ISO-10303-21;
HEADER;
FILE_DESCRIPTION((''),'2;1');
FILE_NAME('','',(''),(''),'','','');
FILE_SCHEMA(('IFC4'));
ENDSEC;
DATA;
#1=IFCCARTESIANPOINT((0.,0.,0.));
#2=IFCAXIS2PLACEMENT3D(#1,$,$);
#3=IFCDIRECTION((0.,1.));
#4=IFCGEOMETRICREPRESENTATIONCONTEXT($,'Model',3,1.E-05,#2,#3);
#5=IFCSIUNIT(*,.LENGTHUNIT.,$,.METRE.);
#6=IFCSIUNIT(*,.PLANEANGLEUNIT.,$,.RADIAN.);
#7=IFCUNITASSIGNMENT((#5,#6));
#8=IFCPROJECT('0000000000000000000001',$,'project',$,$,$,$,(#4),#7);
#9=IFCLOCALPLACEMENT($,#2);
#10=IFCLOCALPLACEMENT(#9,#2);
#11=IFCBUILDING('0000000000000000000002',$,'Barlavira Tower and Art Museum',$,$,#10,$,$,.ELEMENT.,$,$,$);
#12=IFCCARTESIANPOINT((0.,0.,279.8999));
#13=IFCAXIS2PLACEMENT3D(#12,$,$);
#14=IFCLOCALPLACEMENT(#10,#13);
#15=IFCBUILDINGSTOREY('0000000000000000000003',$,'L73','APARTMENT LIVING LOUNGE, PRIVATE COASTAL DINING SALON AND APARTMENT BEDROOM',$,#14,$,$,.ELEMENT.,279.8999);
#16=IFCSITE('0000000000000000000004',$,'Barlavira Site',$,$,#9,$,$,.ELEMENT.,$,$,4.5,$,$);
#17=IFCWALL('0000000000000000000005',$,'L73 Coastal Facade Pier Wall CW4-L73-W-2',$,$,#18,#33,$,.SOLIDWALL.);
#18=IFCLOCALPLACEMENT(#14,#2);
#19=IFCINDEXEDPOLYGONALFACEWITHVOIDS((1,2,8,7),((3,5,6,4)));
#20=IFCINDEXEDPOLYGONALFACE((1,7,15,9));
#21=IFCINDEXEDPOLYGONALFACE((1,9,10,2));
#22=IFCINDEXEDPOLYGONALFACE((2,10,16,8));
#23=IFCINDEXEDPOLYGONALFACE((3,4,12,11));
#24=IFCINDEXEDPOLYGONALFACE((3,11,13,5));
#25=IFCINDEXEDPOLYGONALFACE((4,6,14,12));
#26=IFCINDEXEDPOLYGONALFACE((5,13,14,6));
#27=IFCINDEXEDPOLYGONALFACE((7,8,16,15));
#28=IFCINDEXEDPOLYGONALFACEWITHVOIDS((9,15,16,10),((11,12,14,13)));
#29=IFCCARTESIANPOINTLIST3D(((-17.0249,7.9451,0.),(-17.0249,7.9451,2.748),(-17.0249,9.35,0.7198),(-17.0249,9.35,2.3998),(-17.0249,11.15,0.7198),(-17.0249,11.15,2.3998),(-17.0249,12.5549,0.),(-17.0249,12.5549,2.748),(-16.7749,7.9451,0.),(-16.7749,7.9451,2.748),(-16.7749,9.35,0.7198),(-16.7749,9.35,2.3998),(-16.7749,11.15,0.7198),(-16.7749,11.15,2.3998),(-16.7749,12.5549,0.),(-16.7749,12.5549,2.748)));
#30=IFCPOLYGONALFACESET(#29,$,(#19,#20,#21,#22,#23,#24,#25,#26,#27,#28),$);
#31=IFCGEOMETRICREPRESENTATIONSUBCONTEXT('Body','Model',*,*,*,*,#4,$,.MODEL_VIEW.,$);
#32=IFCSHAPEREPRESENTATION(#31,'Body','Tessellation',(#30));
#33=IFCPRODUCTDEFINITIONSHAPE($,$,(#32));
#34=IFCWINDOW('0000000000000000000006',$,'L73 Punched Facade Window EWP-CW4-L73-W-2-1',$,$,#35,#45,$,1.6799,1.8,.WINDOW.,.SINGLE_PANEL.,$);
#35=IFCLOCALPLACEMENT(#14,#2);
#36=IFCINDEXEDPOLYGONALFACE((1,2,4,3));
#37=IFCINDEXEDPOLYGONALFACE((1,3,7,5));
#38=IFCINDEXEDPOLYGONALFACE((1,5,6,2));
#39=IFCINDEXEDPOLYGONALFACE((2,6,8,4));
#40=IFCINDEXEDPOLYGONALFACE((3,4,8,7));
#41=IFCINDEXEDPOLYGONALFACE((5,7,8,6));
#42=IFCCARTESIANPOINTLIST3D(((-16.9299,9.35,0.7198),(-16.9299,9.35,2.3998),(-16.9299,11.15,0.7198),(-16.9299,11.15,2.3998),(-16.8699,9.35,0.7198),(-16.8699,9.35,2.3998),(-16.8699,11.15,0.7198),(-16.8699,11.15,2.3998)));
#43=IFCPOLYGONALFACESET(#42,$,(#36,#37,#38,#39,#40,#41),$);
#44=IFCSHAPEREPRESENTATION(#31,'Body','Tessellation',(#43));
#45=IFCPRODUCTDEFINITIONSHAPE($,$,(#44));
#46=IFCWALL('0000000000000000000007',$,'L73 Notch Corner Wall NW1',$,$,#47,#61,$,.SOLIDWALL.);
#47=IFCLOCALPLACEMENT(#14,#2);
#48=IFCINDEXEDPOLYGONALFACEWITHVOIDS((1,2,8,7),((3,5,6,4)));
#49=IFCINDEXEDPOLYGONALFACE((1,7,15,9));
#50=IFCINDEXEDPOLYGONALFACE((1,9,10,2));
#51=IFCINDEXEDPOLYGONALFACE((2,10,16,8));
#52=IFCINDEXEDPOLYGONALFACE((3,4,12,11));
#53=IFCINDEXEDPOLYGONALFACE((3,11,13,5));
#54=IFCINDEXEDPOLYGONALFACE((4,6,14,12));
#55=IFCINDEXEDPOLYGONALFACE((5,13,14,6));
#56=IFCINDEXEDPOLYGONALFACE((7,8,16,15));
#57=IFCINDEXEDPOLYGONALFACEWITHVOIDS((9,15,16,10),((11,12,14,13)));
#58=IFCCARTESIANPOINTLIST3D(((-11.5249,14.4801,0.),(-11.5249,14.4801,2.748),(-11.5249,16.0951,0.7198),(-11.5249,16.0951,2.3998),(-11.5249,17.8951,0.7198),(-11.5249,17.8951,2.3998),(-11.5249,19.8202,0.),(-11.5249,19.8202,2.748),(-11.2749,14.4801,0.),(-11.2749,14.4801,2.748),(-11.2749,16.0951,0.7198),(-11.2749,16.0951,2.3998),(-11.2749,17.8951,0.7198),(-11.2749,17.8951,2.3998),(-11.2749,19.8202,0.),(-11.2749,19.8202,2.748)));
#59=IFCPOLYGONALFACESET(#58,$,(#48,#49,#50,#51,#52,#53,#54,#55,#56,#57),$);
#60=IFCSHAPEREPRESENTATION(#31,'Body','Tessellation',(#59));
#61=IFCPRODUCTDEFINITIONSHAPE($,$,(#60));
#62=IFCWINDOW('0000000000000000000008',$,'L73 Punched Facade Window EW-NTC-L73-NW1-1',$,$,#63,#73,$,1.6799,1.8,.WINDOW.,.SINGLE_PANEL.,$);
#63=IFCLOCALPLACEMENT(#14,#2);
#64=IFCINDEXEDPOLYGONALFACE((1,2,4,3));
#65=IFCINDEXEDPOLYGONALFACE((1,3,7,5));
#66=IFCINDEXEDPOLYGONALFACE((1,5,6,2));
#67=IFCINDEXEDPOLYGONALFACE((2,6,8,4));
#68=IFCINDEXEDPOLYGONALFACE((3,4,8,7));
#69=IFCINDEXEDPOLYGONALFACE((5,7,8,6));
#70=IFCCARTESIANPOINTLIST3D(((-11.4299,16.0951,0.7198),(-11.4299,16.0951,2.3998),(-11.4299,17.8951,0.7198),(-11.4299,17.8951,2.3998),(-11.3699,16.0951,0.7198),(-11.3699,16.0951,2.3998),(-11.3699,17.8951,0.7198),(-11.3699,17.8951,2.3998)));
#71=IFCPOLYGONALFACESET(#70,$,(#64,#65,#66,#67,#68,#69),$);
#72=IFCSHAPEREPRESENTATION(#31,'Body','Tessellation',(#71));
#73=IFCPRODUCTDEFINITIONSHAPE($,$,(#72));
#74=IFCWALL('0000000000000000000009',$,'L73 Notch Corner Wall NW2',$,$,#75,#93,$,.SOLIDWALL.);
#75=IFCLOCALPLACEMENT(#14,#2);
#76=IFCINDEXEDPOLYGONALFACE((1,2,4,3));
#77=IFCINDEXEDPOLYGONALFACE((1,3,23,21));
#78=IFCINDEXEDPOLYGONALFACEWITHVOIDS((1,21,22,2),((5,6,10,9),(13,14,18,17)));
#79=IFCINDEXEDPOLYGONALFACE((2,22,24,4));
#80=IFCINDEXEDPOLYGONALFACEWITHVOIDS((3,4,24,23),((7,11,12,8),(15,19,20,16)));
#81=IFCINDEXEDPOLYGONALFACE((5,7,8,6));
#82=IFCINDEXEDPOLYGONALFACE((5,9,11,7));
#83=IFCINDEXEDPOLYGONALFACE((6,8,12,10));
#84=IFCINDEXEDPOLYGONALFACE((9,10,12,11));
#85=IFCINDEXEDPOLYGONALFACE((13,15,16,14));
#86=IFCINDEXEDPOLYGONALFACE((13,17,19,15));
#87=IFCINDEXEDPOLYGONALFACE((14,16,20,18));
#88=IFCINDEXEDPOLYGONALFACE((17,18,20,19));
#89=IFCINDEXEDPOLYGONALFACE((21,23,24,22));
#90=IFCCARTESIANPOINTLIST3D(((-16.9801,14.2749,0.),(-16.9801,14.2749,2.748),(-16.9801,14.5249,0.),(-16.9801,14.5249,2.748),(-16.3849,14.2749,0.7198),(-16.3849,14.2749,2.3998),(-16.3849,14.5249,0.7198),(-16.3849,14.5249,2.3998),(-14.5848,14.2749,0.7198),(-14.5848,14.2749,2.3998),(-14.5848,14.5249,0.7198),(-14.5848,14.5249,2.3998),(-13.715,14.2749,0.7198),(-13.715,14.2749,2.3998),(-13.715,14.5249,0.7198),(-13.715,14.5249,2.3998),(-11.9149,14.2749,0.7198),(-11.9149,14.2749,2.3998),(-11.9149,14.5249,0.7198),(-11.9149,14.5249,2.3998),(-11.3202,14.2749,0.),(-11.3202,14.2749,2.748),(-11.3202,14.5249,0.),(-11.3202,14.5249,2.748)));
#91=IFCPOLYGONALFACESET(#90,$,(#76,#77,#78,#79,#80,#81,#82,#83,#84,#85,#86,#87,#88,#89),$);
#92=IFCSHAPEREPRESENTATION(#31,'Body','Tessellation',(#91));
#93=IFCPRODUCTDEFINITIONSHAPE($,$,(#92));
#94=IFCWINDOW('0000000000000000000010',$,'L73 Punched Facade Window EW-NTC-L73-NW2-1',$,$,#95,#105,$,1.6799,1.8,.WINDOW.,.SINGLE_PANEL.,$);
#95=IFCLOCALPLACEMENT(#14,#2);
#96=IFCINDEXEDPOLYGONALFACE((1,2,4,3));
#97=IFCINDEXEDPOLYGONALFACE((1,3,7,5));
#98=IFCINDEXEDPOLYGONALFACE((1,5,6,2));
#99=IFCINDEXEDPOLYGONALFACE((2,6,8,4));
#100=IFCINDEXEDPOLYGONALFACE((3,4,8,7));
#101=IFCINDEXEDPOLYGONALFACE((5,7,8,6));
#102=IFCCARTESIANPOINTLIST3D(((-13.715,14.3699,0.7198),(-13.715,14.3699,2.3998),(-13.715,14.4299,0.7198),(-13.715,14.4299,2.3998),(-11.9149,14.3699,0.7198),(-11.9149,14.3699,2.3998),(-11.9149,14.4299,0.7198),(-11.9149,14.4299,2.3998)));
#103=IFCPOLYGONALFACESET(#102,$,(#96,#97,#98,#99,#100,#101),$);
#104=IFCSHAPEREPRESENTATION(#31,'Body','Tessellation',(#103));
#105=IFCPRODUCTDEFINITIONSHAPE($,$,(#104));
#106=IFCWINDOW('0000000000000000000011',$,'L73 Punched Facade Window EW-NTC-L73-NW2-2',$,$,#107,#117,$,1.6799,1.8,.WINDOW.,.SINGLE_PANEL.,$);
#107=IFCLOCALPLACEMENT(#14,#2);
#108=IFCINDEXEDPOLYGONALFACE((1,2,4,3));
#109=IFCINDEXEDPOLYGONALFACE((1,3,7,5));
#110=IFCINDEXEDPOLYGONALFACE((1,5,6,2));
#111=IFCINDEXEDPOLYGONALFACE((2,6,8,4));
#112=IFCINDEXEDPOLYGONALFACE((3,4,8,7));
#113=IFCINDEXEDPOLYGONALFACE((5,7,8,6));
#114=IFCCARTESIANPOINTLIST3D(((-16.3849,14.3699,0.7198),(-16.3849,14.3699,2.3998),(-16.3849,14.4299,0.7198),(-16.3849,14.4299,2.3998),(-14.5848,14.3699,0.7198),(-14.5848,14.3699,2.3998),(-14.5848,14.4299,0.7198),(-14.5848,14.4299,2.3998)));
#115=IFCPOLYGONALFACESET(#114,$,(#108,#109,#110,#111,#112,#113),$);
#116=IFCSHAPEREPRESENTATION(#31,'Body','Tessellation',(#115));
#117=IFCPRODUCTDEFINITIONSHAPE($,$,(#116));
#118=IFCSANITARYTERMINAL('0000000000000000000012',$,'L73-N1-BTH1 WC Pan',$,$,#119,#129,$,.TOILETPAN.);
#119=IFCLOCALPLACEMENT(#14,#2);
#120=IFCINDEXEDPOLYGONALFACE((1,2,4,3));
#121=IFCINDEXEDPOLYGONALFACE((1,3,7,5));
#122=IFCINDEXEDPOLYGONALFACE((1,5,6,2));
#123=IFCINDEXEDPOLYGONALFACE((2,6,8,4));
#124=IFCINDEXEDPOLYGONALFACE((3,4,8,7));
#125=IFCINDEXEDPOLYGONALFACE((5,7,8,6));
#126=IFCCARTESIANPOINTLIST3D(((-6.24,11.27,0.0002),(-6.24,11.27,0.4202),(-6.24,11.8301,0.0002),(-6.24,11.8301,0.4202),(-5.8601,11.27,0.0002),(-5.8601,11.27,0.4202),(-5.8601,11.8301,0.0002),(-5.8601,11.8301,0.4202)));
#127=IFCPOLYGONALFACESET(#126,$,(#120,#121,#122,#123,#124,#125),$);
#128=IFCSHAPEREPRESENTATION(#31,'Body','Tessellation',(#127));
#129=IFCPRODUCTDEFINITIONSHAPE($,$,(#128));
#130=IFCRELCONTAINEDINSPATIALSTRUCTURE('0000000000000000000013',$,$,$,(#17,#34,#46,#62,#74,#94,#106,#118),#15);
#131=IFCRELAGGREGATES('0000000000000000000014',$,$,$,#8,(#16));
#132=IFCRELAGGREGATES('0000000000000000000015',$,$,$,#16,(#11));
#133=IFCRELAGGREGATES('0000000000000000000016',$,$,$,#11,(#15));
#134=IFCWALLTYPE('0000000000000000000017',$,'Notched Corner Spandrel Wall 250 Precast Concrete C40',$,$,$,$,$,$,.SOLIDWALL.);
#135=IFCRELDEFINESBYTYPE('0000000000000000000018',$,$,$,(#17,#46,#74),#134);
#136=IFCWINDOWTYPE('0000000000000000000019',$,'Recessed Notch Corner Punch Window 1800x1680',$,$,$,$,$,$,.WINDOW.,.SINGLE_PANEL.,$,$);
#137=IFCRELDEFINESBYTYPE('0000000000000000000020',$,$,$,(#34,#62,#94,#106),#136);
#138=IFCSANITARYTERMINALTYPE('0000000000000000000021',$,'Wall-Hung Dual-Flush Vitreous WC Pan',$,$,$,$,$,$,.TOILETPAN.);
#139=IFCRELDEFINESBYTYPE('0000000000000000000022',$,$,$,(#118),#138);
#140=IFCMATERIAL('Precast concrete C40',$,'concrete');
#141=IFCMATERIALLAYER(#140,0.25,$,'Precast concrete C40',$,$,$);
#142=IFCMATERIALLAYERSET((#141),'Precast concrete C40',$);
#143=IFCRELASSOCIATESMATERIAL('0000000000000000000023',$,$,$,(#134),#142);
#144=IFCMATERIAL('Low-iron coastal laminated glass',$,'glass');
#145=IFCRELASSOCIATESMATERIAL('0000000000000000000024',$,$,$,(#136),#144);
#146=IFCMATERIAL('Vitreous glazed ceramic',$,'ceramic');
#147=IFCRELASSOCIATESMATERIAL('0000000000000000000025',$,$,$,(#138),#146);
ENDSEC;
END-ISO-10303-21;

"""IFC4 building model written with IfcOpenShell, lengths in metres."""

from ifc_helpers import new_model, si_unit, direction, frame, frame_2d, origin, origin_2d, place, context, subcontext, project, spatial, rectangle, extrude, material, layer, layer_set, type_object, element, fill, save


model = new_model("IFC4")

# Units and contexts
model_context = context("Model", 3, precision=1e-05, world=origin(), true_north=direction((0.0, 1.0)))
body_context = subcontext(model_context, "Body", "Model", "MODEL_VIEW")
ifc_project = project(units=[si_unit("LENGTHUNIT", "METRE"), si_unit("PLANEANGLEUNIT", "RADIAN")], contexts=[model_context])

# Site, building, storey
site_placement = place(None, origin())
site = spatial("IfcSite", under=ifc_project, at=site_placement, Name="Barlavira Site", CompositionType="ELEMENT", RefElevation=4.5)
building_placement = place(site_placement, origin())
building = spatial("IfcBuilding", under=site, at=building_placement, Name="Barlavira Tower and Art Museum", CompositionType="ELEMENT")
storey_placement = place(building_placement, frame((0.0, 0.0, 279.8999)))
storey = spatial("IfcBuildingStorey", under=building, at=storey_placement, Name="L73", Description="APARTMENT LIVING LOUNGE, PRIVATE COASTAL DINING SALON AND APARTMENT BEDROOM", CompositionType="ELEMENT", Elevation=279.8999)

# Shared definitions
ifc_material_1 = material(Name="Low-iron coastal laminated glass", Category="glass")

# Shared definitions
ifc_material_2 = material(Name="Precast concrete C40", Category="concrete")
ifc_layer_1 = layer(ifc_material_2, 0.25, Name="Precast concrete C40")
ifc_layer_set_1 = layer_set([ifc_layer_1], Name="Precast concrete C40")
wall_type_1 = type_object("IfcWallType", Name="Notched Corner Spandrel Wall 250 Precast Concrete C40", PredefinedType="SOLIDWALL", material=ifc_layer_set_1)
window_type = type_object("IfcWindowType", Name="Recessed Notch Corner Punch Window 1800x1680", PartitioningType="SINGLE_PANEL", PredefinedType="WINDOW", material=ifc_material_1)

# Walls, openings, windows
wall_1_placement = place(storey_placement, frame((-16.8999, 12.5549, 0.0), z_axis=(0.0, 0.0, 1.0), x_axis=(0.0, -1.0, 0.0)))
wall_1 = element("IfcWall", 1, at=wall_1_placement, inside=storey, type_object=wall_type_1, Name="L73 Coastal Facade Pier Wall CW4-L73-W-2", PredefinedType="SOLIDWALL", context=body_context, shape_type="SweptSolid", body=[
    extrude(rectangle(XDim=4.6099, YDim=0.25, at=frame_2d((2.3049, 0.0))), origin(), (0.0, 0.0, 1.0), 2.748),
])
opening_1_placement = place(wall_1_placement, frame((1.405, 0.0, 0.72)))
opening_1 = element("IfcOpeningElement", 2, at=opening_1_placement, cuts=wall_1, PredefinedType="OPENING", context=body_context, shape_type="SweptSolid", body=[
    extrude(rectangle(XDim=1.8, YDim=1.6799, at=frame_2d((0.8999, 0.8398))), frame((0.0, 0.135, 0.0), z_axis=(0.0, -1.0, 0.0), x_axis=(1.0, 0.0, 0.0)), (0.0, 0.0, 1.0), 0.27),
])
window_1_placement = place(opening_1_placement, origin())
window_1 = element("IfcWindow", 3, at=window_1_placement, inside=storey, type_object=window_type, Name="L73 Punched Facade Window EWP-CW4-L73-W-2-1", OverallHeight=1.6799, OverallWidth=1.8, PartitioningType="SINGLE_PANEL", PredefinedType="WINDOW", context=body_context, shape_type="SweptSolid", body=[
    extrude(rectangle(XDim=1.8, YDim=1.6799, at=frame_2d((0.8999, 0.8398))), frame((0.0, 0.03, 0.0), z_axis=(0.0, -1.0, 0.0), x_axis=(1.0, 0.0, 0.0)), (0.0, 0.0, 1.0), 0.0601),
])
fill(opening_1, window_1)
wall_2_placement = place(storey_placement, frame((-11.3999, 19.8201, 0.0), z_axis=(0.0, 0.0, 1.0), x_axis=(0.0, -1.0, 0.0)))
wall_2 = element("IfcWall", 4, at=wall_2_placement, inside=storey, type_object=wall_type_1, Name="L73 Notch Corner Wall NW1", PredefinedType="SOLIDWALL", context=body_context, shape_type="SweptSolid", body=[
    extrude(rectangle(XDim=5.3401, YDim=0.25, at=frame_2d((2.6699, 0.0))), origin(), (0.0, 0.0, 1.0), 2.748),
])
opening_2_placement = place(wall_2_placement, frame((1.925, 0.0, 0.72)))
opening_2 = element("IfcOpeningElement", 5, at=opening_2_placement, cuts=wall_2, PredefinedType="OPENING", context=body_context, shape_type="SweptSolid", body=[
    extrude(rectangle(XDim=1.8, YDim=1.6799, at=frame_2d((0.8999, 0.8398))), frame((0.0, 0.135, 0.0), z_axis=(0.0, -1.0, 0.0), x_axis=(1.0, 0.0, 0.0)), (0.0, 0.0, 1.0), 0.27),
])
window_2_placement = place(opening_2_placement, origin())
window_2 = element("IfcWindow", 6, at=window_2_placement, inside=storey, type_object=window_type, Name="L73 Punched Facade Window EW-NTC-L73-NW1-1", OverallHeight=1.6799, OverallWidth=1.8, PartitioningType="SINGLE_PANEL", PredefinedType="WINDOW", context=body_context, shape_type="SweptSolid", body=[
    extrude(rectangle(XDim=1.8, YDim=1.6799, at=frame_2d((0.8999, 0.8398))), frame((0.0, 0.03, 0.0), z_axis=(0.0, -1.0, 0.0), x_axis=(1.0, 0.0, 0.0)), (0.0, 0.0, 1.0), 0.0601),
])
fill(opening_2, window_2)

# Wall, openings, windows
wall_3_placement = place(storey_placement, frame((-11.3201, 14.3999, 0.0), z_axis=(0.0, 0.0, 1.0), x_axis=(-1.0, 0.0, 0.0)))
wall_3 = element("IfcWall", 7, at=wall_3_placement, inside=storey, type_object=wall_type_1, Name="L73 Notch Corner Wall NW2", PredefinedType="SOLIDWALL", context=body_context, shape_type="SweptSolid", body=[
    extrude(rectangle(XDim=5.6599, YDim=0.25, at=frame_2d((2.8301, 0.0))), origin(), (0.0, 0.0, 1.0), 2.748),
])
opening_3_placement = place(wall_3_placement, frame((0.595, 0.0, 0.72)))
opening_3 = element("IfcOpeningElement", 8, at=opening_3_placement, cuts=wall_3, PredefinedType="OPENING", context=body_context, shape_type="SweptSolid", body=[
    extrude(rectangle(XDim=1.8, YDim=1.6799, at=frame_2d((0.8999, 0.8398))), frame((0.0, 0.135, 0.0), z_axis=(0.0, -1.0, 0.0), x_axis=(1.0, 0.0, 0.0)), (0.0, 0.0, 1.0), 0.27),
])
opening_4_placement = place(wall_3_placement, frame((3.2649, 0.0, 0.72)))
opening_4 = element("IfcOpeningElement", 9, at=opening_4_placement, cuts=wall_3, PredefinedType="OPENING", context=body_context, shape_type="SweptSolid", body=[
    extrude(rectangle(XDim=1.8, YDim=1.6799, at=frame_2d((0.8999, 0.8398))), frame((0.0, 0.135, 0.0), z_axis=(0.0, -1.0, 0.0), x_axis=(1.0, 0.0, 0.0)), (0.0, 0.0, 1.0), 0.27),
])
window_3_placement = place(opening_3_placement, origin())
window_3 = element("IfcWindow", 10, at=window_3_placement, inside=storey, type_object=window_type, Name="L73 Punched Facade Window EW-NTC-L73-NW2-1", OverallHeight=1.6799, OverallWidth=1.8, PartitioningType="SINGLE_PANEL", PredefinedType="WINDOW", context=body_context, shape_type="SweptSolid", body=[
    extrude(rectangle(XDim=1.8, YDim=1.6799, at=frame_2d((0.8999, 0.8398))), frame((0.0, 0.03, 0.0), z_axis=(0.0, -1.0, 0.0), x_axis=(1.0, 0.0, 0.0)), (0.0, 0.0, 1.0), 0.0601),
])
fill(opening_3, window_3)
window_4_placement = place(opening_4_placement, origin())
window_4 = element("IfcWindow", 11, at=window_4_placement, inside=storey, type_object=window_type, Name="L73 Punched Facade Window EW-NTC-L73-NW2-2", OverallHeight=1.6799, OverallWidth=1.8, PartitioningType="SINGLE_PANEL", PredefinedType="WINDOW", context=body_context, shape_type="SweptSolid", body=[
    extrude(rectangle(XDim=1.8, YDim=1.6799, at=frame_2d((0.8999, 0.8398))), frame((0.0, 0.03, 0.0), z_axis=(0.0, -1.0, 0.0), x_axis=(1.0, 0.0, 0.0)), (0.0, 0.0, 1.0), 0.0601),
])
fill(opening_4, window_4)

# Sanitary terminal
ifc_material_3 = material(Name="Vitreous glazed ceramic", Category="ceramic")
sanitary_terminal_type = type_object("IfcSanitaryTerminalType", Name="Wall-Hung Dual-Flush Vitreous WC Pan", PredefinedType="TOILETPAN", material=ifc_material_3)
sanitary_terminal_placement = place(storey_placement, frame((-6.05, 11.55, 0.0002), z_axis=(0.0, 0.0, 1.0), x_axis=(1.0, 0.0, 0.0)))
element("IfcSanitaryTerminal", 12, at=sanitary_terminal_placement, inside=storey, type_object=sanitary_terminal_type, Name="L73-N1-BTH1 WC Pan", PredefinedType="TOILETPAN", context=body_context, shape_type="SweptSolid", body=[
    extrude(rectangle(XDim=0.3799, YDim=0.5601, at=origin_2d()), origin(), (0.0, 0.0, 1.0), 0.4199),
])

save(model, "model.ifc")
